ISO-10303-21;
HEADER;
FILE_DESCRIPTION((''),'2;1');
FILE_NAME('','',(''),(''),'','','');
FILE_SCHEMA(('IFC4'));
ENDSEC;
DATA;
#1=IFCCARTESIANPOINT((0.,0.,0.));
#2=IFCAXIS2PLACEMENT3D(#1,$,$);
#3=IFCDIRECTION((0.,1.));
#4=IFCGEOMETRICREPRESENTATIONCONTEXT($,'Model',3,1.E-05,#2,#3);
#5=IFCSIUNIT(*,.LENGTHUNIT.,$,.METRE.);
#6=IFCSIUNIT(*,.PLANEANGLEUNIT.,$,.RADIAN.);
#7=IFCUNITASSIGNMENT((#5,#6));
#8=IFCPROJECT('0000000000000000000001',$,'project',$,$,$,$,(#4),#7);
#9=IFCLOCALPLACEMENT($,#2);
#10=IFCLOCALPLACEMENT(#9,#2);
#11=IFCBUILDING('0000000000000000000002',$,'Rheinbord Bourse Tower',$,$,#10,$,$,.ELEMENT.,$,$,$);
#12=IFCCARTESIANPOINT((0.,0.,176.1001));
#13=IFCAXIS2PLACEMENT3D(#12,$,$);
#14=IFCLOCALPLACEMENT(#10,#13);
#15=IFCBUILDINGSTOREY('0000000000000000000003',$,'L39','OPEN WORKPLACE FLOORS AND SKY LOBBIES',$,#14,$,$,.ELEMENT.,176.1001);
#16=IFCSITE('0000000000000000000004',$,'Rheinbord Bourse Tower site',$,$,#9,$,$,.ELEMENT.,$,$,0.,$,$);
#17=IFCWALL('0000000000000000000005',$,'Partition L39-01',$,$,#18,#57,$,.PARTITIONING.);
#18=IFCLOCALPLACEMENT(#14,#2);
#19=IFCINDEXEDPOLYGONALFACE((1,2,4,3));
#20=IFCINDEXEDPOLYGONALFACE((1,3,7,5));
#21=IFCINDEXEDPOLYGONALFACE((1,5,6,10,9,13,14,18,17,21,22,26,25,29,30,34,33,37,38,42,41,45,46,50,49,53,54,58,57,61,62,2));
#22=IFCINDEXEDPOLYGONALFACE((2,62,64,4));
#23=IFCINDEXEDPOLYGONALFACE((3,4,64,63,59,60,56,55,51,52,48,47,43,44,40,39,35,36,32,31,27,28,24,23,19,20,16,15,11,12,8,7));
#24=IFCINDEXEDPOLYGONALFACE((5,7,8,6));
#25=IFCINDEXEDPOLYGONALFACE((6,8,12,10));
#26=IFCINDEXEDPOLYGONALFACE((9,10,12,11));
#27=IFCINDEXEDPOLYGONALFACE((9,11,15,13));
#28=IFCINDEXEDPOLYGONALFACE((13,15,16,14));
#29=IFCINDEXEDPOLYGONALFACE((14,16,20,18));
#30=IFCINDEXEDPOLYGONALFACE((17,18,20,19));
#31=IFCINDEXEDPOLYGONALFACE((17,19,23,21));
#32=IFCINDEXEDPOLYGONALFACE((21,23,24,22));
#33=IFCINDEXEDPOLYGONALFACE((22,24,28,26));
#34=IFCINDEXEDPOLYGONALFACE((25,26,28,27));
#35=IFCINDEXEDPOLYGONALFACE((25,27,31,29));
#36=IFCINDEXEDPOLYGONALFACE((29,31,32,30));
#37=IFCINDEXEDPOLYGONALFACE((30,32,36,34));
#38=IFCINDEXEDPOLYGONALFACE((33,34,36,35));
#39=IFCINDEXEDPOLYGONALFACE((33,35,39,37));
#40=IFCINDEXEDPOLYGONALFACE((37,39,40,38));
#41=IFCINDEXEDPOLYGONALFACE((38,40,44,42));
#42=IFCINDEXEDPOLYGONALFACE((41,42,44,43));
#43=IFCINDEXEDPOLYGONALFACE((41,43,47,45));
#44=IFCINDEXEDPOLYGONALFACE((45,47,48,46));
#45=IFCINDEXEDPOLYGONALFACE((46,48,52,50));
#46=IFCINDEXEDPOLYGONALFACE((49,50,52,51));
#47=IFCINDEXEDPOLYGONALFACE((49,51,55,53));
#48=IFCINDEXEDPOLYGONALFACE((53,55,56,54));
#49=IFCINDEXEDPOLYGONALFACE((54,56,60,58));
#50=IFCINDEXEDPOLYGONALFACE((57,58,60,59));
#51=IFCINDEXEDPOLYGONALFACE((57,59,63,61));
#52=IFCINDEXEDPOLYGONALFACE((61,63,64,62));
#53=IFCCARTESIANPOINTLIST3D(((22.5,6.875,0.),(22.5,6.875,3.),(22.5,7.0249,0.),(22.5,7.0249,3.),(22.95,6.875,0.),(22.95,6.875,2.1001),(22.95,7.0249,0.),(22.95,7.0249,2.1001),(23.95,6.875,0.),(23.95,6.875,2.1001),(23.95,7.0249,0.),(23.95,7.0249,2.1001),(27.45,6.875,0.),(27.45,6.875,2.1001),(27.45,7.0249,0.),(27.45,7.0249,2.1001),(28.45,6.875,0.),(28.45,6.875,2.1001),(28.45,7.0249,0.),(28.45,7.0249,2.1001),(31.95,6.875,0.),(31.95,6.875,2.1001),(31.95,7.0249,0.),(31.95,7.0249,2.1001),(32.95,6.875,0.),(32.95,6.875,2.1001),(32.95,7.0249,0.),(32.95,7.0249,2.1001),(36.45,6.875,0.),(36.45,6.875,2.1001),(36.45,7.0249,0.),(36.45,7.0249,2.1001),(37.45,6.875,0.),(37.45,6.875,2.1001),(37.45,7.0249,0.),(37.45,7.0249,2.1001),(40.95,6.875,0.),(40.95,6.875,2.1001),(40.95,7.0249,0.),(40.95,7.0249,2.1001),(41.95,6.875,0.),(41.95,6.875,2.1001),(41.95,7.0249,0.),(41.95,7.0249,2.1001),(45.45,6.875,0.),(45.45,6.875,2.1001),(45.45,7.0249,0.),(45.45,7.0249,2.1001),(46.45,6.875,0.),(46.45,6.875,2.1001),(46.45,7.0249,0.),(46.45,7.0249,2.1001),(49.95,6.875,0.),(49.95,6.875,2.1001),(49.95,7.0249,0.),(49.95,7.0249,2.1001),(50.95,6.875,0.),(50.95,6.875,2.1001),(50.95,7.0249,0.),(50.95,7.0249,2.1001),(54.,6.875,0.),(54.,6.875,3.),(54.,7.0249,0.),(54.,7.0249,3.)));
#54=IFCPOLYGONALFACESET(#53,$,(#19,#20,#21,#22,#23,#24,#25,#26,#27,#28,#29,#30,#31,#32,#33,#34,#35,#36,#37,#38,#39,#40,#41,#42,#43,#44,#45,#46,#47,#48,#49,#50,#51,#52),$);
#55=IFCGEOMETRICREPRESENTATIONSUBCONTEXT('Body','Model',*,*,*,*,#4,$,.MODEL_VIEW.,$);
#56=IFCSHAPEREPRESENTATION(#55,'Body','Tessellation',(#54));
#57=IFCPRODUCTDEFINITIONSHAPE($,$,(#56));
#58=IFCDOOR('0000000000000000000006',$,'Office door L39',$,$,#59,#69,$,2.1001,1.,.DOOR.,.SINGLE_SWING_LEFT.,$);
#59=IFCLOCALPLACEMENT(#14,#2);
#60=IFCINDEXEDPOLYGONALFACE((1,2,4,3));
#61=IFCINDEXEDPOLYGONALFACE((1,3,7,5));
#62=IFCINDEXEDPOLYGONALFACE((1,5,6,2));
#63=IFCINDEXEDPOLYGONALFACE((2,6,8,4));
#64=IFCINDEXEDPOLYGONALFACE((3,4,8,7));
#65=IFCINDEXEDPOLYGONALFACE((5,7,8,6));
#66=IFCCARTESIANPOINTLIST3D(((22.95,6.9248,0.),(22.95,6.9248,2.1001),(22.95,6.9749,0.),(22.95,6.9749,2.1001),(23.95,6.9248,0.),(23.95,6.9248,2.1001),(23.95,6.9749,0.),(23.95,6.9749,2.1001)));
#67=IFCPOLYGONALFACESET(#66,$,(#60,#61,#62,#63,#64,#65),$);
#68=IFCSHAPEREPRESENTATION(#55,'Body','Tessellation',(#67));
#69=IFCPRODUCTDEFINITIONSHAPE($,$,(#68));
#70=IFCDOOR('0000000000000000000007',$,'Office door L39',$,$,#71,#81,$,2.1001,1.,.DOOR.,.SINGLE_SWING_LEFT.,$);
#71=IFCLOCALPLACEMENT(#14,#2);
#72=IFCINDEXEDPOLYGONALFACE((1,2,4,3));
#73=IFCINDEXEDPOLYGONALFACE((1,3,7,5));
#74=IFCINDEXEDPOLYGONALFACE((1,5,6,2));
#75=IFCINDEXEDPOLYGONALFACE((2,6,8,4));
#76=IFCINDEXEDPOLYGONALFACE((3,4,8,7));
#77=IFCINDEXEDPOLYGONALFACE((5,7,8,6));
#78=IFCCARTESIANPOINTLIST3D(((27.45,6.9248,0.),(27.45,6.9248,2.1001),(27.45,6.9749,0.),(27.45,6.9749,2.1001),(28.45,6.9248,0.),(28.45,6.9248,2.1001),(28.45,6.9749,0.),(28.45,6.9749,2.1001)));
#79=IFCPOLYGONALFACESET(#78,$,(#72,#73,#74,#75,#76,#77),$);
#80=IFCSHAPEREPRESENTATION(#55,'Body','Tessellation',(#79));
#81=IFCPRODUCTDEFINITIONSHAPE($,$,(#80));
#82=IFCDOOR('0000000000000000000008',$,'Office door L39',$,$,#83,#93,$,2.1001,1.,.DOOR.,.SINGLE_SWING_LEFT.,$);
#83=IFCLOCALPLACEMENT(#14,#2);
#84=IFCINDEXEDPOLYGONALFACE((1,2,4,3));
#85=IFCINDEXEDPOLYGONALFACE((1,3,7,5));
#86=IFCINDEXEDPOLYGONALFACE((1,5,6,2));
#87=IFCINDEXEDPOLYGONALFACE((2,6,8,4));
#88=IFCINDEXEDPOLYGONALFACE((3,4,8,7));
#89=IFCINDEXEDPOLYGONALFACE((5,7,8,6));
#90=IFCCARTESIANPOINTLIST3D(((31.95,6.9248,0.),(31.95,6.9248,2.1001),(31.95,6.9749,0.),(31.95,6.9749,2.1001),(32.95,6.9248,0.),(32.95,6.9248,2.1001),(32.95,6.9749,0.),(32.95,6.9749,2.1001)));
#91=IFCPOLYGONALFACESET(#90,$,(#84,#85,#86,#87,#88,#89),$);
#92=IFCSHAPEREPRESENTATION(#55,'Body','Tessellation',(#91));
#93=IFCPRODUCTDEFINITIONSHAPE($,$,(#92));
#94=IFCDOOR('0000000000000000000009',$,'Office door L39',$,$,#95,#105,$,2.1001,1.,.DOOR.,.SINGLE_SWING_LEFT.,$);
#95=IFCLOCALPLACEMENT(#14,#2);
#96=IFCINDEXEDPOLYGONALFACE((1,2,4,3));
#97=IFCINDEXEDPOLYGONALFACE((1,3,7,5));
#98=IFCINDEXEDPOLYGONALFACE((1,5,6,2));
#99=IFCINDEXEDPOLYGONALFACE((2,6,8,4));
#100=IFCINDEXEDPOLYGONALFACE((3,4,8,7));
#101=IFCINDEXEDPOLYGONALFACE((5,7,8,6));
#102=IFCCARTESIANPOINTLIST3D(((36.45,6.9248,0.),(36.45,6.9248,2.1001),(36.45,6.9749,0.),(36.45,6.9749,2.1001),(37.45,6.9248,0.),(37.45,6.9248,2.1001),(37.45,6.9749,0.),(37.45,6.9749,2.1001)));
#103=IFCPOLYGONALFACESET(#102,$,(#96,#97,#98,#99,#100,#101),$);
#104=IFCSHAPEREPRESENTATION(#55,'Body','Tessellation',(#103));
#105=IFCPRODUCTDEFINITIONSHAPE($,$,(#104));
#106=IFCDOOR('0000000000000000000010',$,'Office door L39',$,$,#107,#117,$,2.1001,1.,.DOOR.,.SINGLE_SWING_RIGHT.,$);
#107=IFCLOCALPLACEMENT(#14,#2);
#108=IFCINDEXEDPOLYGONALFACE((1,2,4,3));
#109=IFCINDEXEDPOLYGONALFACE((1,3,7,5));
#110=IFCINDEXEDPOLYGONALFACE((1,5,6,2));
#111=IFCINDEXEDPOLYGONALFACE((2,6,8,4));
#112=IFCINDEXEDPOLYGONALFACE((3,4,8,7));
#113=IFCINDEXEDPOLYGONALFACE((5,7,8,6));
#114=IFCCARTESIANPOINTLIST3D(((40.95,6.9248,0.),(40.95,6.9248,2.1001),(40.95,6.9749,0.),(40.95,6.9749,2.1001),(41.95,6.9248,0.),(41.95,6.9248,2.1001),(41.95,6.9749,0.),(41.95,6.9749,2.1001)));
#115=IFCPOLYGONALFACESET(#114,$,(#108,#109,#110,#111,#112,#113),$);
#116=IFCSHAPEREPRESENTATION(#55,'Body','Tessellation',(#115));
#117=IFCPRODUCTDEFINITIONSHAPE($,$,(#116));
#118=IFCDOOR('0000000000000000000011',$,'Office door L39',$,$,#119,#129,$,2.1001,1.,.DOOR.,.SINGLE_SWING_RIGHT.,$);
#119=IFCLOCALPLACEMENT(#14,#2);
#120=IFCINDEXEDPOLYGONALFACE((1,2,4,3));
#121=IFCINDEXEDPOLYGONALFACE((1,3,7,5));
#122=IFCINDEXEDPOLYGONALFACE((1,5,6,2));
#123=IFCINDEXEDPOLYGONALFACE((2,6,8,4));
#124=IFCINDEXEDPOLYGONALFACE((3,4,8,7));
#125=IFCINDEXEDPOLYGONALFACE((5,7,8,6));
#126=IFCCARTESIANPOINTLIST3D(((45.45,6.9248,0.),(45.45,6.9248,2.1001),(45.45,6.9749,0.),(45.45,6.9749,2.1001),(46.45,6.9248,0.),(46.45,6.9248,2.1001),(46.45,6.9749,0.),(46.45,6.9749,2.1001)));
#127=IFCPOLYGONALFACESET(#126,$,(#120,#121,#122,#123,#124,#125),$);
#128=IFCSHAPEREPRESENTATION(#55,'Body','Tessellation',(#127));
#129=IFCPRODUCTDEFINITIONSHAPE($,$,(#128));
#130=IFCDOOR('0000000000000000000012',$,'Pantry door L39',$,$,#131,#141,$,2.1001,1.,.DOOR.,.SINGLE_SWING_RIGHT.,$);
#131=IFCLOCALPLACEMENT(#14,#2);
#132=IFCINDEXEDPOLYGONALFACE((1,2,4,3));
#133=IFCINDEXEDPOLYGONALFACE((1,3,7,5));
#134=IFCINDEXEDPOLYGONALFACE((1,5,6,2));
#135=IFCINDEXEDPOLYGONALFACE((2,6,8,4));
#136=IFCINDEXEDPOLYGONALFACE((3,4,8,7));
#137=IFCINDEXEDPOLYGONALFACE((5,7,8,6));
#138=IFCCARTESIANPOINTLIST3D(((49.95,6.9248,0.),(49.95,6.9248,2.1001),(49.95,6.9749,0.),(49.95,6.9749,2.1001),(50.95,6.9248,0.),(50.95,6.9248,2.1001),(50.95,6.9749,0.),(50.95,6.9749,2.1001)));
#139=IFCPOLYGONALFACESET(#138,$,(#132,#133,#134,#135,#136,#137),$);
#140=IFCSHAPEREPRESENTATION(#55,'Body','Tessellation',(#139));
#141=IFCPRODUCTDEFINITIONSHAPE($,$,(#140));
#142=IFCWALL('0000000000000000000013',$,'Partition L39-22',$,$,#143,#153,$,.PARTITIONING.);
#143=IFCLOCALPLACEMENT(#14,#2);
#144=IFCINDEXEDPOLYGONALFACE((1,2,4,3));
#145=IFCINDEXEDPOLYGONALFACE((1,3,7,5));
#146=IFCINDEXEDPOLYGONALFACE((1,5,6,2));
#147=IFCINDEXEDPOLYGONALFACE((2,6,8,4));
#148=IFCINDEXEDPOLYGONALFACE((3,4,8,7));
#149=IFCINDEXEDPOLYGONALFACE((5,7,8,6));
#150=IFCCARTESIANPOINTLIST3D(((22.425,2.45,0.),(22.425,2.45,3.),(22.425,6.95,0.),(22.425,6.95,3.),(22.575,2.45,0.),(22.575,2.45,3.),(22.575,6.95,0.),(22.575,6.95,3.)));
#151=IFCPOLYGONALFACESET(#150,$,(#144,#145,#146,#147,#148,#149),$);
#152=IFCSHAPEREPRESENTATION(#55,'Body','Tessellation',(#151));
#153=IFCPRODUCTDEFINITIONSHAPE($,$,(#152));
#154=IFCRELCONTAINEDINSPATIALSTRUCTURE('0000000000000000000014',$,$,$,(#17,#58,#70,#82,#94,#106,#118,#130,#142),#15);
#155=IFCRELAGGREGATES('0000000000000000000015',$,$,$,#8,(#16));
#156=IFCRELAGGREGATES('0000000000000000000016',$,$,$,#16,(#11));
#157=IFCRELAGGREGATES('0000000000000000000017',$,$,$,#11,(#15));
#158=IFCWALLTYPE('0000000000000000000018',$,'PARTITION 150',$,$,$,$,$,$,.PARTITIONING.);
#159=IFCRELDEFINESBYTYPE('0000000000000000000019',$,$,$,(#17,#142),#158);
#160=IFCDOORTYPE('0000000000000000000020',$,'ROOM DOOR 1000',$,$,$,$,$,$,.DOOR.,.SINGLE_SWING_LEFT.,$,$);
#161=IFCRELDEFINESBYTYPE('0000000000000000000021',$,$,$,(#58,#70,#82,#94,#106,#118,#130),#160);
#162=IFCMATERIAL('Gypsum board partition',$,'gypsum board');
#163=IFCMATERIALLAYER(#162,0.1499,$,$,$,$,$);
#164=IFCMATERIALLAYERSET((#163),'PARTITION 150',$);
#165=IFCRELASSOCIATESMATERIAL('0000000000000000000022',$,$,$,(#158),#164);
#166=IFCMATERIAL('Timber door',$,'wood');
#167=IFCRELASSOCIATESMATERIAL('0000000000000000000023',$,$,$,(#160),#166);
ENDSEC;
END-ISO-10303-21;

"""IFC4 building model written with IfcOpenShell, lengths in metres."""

from ifc_helpers import new_model, si_unit, direction, frame, frame_2d, origin, place, context, subcontext, project, spatial, rectangle, extrude, material, layer, layer_set, type_object, element, fill, save


model = new_model("IFC4")

# Units and contexts
model_context = context("Model", 3, precision=1e-05, world=origin(), true_north=direction((0.0, 1.0)))
body_context = subcontext(model_context, "Body", "Model", "MODEL_VIEW")
ifc_project = project(units=[si_unit("LENGTHUNIT", "METRE"), si_unit("PLANEANGLEUNIT", "RADIAN")], contexts=[model_context])

# Site, building, storey
site_placement = place(None, origin())
site = spatial("IfcSite", under=ifc_project, at=site_placement, Name="Rheinbord Bourse Tower site", CompositionType="ELEMENT", RefElevation=0.0)
building_placement = place(site_placement, origin())
building = spatial("IfcBuilding", under=site, at=building_placement, Name="Rheinbord Bourse Tower", CompositionType="ELEMENT")
storey_placement = place(building_placement, frame((0.0, 0.0, 176.1001)))
storey = spatial("IfcBuildingStorey", under=building, at=storey_placement, Name="L39", Description="OPEN WORKPLACE FLOORS AND SKY LOBBIES", CompositionType="ELEMENT", Elevation=176.1001)

# Wall, openings, doors
ifc_material_1 = material(Name="Gypsum board partition", Category="gypsum board")
ifc_layer_1 = layer(ifc_material_1, 0.1499)
ifc_layer_set_1 = layer_set([ifc_layer_1], Name="PARTITION 150")
wall_type_1 = type_object("IfcWallType", Name="PARTITION 150", PredefinedType="PARTITIONING", material=ifc_layer_set_1)
wall_1_placement = place(storey_placement, frame((22.5, 6.95, 0.0), z_axis=(0.0, 0.0, 1.0), x_axis=(1.0, 0.0, 0.0)))
wall_1 = element("IfcWall", 1, at=wall_1_placement, inside=storey, type_object=wall_type_1, Name="Partition L39-01", PredefinedType="PARTITIONING", context=body_context, shape_type="SweptSolid", body=[
    extrude(rectangle(XDim=31.5, YDim=0.1499, at=frame_2d((15.75, 0.0))), origin(), (0.0, 0.0, 1.0), 3.0),
])
opening_1_placement = place(wall_1_placement, frame((0.45, 0.0, 0.0)))
opening_1 = element("IfcOpeningElement", 2, at=opening_1_placement, cuts=wall_1, PredefinedType="OPENING", context=body_context, shape_type="SweptSolid", body=[
    extrude(rectangle(XDim=1.0, YDim=2.1001, at=frame_2d((0.5, 1.05))), frame((0.0, 0.085, 0.0), z_axis=(0.0, -1.0, 0.0), x_axis=(1.0, 0.0, 0.0)), (0.0, 0.0, 1.0), 0.1699),
])
opening_2_placement = place(wall_1_placement, frame((4.95, 0.0, 0.0)))
opening_2 = element("IfcOpeningElement", 3, at=opening_2_placement, cuts=wall_1, PredefinedType="OPENING", context=body_context, shape_type="SweptSolid", body=[
    extrude(rectangle(XDim=1.0, YDim=2.1001, at=frame_2d((0.5, 1.05))), frame((0.0, 0.085, 0.0), z_axis=(0.0, -1.0, 0.0), x_axis=(1.0, 0.0, 0.0)), (0.0, 0.0, 1.0), 0.1699),
])
opening_3_placement = place(wall_1_placement, frame((9.45, 0.0, 0.0)))
opening_3 = element("IfcOpeningElement", 4, at=opening_3_placement, cuts=wall_1, PredefinedType="OPENING", context=body_context, shape_type="SweptSolid", body=[
    extrude(rectangle(XDim=1.0, YDim=2.1001, at=frame_2d((0.5, 1.05))), frame((0.0, 0.085, 0.0), z_axis=(0.0, -1.0, 0.0), x_axis=(1.0, 0.0, 0.0)), (0.0, 0.0, 1.0), 0.1699),
])
opening_4_placement = place(wall_1_placement, frame((13.95, 0.0, 0.0)))
opening_4 = element("IfcOpeningElement", 5, at=opening_4_placement, cuts=wall_1, PredefinedType="OPENING", context=body_context, shape_type="SweptSolid", body=[
    extrude(rectangle(XDim=1.0, YDim=2.1001, at=frame_2d((0.5, 1.05))), frame((0.0, 0.085, 0.0), z_axis=(0.0, -1.0, 0.0), x_axis=(1.0, 0.0, 0.0)), (0.0, 0.0, 1.0), 0.1699),
])
opening_5_placement = place(wall_1_placement, frame((18.45, 0.0, 0.0)))
opening_5 = element("IfcOpeningElement", 6, at=opening_5_placement, cuts=wall_1, PredefinedType="OPENING", context=body_context, shape_type="SweptSolid", body=[
    extrude(rectangle(XDim=1.0, YDim=2.1001, at=frame_2d((0.5, 1.05))), frame((0.0, 0.085, 0.0), z_axis=(0.0, -1.0, 0.0), x_axis=(1.0, 0.0, 0.0)), (0.0, 0.0, 1.0), 0.1699),
])
opening_6_placement = place(wall_1_placement, frame((22.95, 0.0, 0.0)))
opening_6 = element("IfcOpeningElement", 7, at=opening_6_placement, cuts=wall_1, PredefinedType="OPENING", context=body_context, shape_type="SweptSolid", body=[
    extrude(rectangle(XDim=1.0, YDim=2.1001, at=frame_2d((0.5, 1.05))), frame((0.0, 0.085, 0.0), z_axis=(0.0, -1.0, 0.0), x_axis=(1.0, 0.0, 0.0)), (0.0, 0.0, 1.0), 0.1699),
])
opening_7_placement = place(wall_1_placement, frame((27.45, 0.0, 0.0)))
opening_7 = element("IfcOpeningElement", 8, at=opening_7_placement, cuts=wall_1, PredefinedType="OPENING", context=body_context, shape_type="SweptSolid", body=[
    extrude(rectangle(XDim=1.0, YDim=2.1001, at=frame_2d((0.5, 1.05))), frame((0.0, 0.085, 0.0), z_axis=(0.0, -1.0, 0.0), x_axis=(1.0, 0.0, 0.0)), (0.0, 0.0, 1.0), 0.1699),
])
ifc_material_2 = material(Name="Timber door", Category="wood")
door_type_1 = type_object("IfcDoorType", Name="ROOM DOOR 1000", OperationType="SINGLE_SWING_LEFT", PredefinedType="DOOR", material=ifc_material_2)
door_1_placement = place(opening_1_placement, origin())
door_1 = element("IfcDoor", 9, at=door_1_placement, inside=storey, type_object=door_type_1, Name="Office door L39", OperationType="SINGLE_SWING_LEFT", OverallHeight=2.1001, OverallWidth=1.0, PredefinedType="DOOR", context=body_context, shape_type="SweptSolid", body=[
    extrude(rectangle(XDim=1.0, YDim=2.1001, at=frame_2d((0.5, 1.05))), frame((0.0, 0.0249, 0.0), z_axis=(0.0, -1.0, 0.0), x_axis=(1.0, 0.0, 0.0)), (0.0, 0.0, 1.0), 0.05),
])
fill(opening_1, door_1)
door_2_placement = place(opening_2_placement, origin())
door_2 = element("IfcDoor", 10, at=door_2_placement, inside=storey, type_object=door_type_1, Name="Office door L39", OperationType="SINGLE_SWING_LEFT", OverallHeight=2.1001, OverallWidth=1.0, PredefinedType="DOOR", context=body_context, shape_type="SweptSolid", body=[
    extrude(rectangle(XDim=1.0, YDim=2.1001, at=frame_2d((0.5, 1.05))), frame((0.0, 0.0249, 0.0), z_axis=(0.0, -1.0, 0.0), x_axis=(1.0, 0.0, 0.0)), (0.0, 0.0, 1.0), 0.05),
])
fill(opening_2, door_2)
door_3_placement = place(opening_3_placement, origin())
door_3 = element("IfcDoor", 11, at=door_3_placement, inside=storey, type_object=door_type_1, Name="Office door L39", OperationType="SINGLE_SWING_LEFT", OverallHeight=2.1001, OverallWidth=1.0, PredefinedType="DOOR", context=body_context, shape_type="SweptSolid", body=[
    extrude(rectangle(XDim=1.0, YDim=2.1001, at=frame_2d((0.5, 1.05))), frame((0.0, 0.0249, 0.0), z_axis=(0.0, -1.0, 0.0), x_axis=(1.0, 0.0, 0.0)), (0.0, 0.0, 1.0), 0.05),
])
fill(opening_3, door_3)
door_4_placement = place(opening_4_placement, origin())
door_4 = element("IfcDoor", 12, at=door_4_placement, inside=storey, type_object=door_type_1, Name="Office door L39", OperationType="SINGLE_SWING_LEFT", OverallHeight=2.1001, OverallWidth=1.0, PredefinedType="DOOR", context=body_context, shape_type="SweptSolid", body=[
    extrude(rectangle(XDim=1.0, YDim=2.1001, at=frame_2d((0.5, 1.05))), frame((0.0, 0.0249, 0.0), z_axis=(0.0, -1.0, 0.0), x_axis=(1.0, 0.0, 0.0)), (0.0, 0.0, 1.0), 0.05),
])
fill(opening_4, door_4)
door_5_placement = place(opening_5_placement, origin())
door_5 = element("IfcDoor", 13, at=door_5_placement, inside=storey, type_object=door_type_1, Name="Office door L39", OperationType="SINGLE_SWING_RIGHT", OverallHeight=2.1001, OverallWidth=1.0, PredefinedType="DOOR", context=body_context, shape_type="SweptSolid", body=[
    extrude(rectangle(XDim=1.0, YDim=2.1001, at=frame_2d((0.5, 1.05))), frame((0.0, 0.0249, 0.0), z_axis=(0.0, -1.0, 0.0), x_axis=(1.0, 0.0, 0.0)), (0.0, 0.0, 1.0), 0.05),
])
fill(opening_5, door_5)
door_6_placement = place(opening_6_placement, origin())
door_6 = element("IfcDoor", 14, at=door_6_placement, inside=storey, type_object=door_type_1, Name="Office door L39", OperationType="SINGLE_SWING_RIGHT", OverallHeight=2.1001, OverallWidth=1.0, PredefinedType="DOOR", context=body_context, shape_type="SweptSolid", body=[
    extrude(rectangle(XDim=1.0, YDim=2.1001, at=frame_2d((0.5, 1.05))), frame((0.0, 0.0249, 0.0), z_axis=(0.0, -1.0, 0.0), x_axis=(1.0, 0.0, 0.0)), (0.0, 0.0, 1.0), 0.05),
])
fill(opening_6, door_6)
door_7_placement = place(opening_7_placement, origin())
door_7 = element("IfcDoor", 15, at=door_7_placement, inside=storey, type_object=door_type_1, Name="Pantry door L39", OperationType="SINGLE_SWING_RIGHT", OverallHeight=2.1001, OverallWidth=1.0, PredefinedType="DOOR", context=body_context, shape_type="SweptSolid", body=[
    extrude(rectangle(XDim=1.0, YDim=2.1001, at=frame_2d((0.5, 1.05))), frame((0.0, 0.0249, 0.0), z_axis=(0.0, -1.0, 0.0), x_axis=(1.0, 0.0, 0.0)), (0.0, 0.0, 1.0), 0.05),
])
fill(opening_7, door_7)

# Wall
wall_2_placement = place(storey_placement, frame((22.5, 2.45, 0.0), z_axis=(0.0, 0.0, 1.0), x_axis=(0.0, 1.0, 0.0)))
element("IfcWall", 16, at=wall_2_placement, inside=storey, type_object=wall_type_1, Name="Partition L39-22", PredefinedType="PARTITIONING", context=body_context, shape_type="SweptSolid", body=[
    extrude(rectangle(XDim=4.5, YDim=0.1499, at=frame_2d((2.25, 0.0))), origin(), (0.0, 0.0, 1.0), 3.0),
])

save(model, "model.ifc")
